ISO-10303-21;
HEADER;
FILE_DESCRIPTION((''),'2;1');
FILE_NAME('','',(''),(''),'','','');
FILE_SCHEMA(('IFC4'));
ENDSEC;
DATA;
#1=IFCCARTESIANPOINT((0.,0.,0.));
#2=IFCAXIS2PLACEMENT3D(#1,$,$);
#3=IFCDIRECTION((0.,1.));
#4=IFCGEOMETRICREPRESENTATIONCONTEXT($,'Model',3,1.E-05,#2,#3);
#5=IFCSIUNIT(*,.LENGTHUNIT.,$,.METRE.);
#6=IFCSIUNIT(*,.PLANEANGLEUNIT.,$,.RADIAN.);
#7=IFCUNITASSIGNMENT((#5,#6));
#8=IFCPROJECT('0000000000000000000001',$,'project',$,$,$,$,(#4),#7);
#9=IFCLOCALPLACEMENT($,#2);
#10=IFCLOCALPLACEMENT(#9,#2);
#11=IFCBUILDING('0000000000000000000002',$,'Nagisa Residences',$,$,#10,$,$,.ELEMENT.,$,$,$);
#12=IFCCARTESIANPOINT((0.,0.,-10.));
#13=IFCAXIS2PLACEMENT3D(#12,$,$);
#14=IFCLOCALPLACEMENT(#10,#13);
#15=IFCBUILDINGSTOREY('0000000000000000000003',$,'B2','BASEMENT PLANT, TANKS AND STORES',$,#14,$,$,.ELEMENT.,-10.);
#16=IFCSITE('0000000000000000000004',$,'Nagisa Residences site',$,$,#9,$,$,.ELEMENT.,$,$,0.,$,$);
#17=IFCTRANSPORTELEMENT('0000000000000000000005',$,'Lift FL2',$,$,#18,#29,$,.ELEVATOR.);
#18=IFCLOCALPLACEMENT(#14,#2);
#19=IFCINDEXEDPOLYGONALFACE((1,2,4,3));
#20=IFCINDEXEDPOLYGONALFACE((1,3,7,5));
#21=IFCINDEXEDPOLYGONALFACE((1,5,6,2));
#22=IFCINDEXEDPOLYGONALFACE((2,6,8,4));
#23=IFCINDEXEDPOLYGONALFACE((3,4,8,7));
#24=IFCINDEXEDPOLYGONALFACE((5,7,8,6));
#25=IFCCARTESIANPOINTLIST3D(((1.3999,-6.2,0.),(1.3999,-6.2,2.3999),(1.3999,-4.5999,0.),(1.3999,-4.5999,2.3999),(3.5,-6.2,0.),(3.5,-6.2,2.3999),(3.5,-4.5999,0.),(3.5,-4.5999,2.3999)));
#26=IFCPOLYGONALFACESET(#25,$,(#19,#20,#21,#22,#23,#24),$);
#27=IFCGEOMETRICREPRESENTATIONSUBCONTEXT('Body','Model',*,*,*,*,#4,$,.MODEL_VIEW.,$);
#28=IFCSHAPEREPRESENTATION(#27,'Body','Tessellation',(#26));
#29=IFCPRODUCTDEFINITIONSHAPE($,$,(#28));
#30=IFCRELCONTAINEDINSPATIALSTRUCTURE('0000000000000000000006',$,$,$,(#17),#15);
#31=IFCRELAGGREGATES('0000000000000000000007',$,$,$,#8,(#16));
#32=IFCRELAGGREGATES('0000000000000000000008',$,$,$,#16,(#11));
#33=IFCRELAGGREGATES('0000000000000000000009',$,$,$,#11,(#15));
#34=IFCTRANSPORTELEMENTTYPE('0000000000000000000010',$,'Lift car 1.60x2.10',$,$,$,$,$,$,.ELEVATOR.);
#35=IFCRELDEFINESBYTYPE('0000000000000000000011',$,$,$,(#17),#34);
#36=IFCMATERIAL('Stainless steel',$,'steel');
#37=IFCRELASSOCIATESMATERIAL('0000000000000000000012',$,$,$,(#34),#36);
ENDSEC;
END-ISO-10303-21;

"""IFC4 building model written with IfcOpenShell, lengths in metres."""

from ifc_helpers import new_model, si_unit, direction, frame, origin, origin_2d, place, context, subcontext, project, spatial, rectangle, extrude, material, type_object, element, save


model = new_model("IFC4")

# Units and contexts
model_context = context("Model", 3, precision=1e-05, world=origin(), true_north=direction((0.0, 1.0)))
body_context = subcontext(model_context, "Body", "Model", "MODEL_VIEW")
ifc_project = project(units=[si_unit("LENGTHUNIT", "METRE"), si_unit("PLANEANGLEUNIT", "RADIAN")], contexts=[model_context])

# Site, building, storey
site_placement = place(None, origin())
site = spatial("IfcSite", under=ifc_project, at=site_placement, Name="Nagisa Residences site", CompositionType="ELEMENT", RefElevation=0.0)
building_placement = place(site_placement, origin())
building = spatial("IfcBuilding", under=site, at=building_placement, Name="Nagisa Residences", CompositionType="ELEMENT")
storey_placement = place(building_placement, frame((0.0, 0.0, -10.0)))
storey = spatial("IfcBuildingStorey", under=building, at=storey_placement, Name="B2", Description="BASEMENT PLANT, TANKS AND STORES", CompositionType="ELEMENT", Elevation=-10.0)

# Transport element
ifc_material_1 = material(Name="Stainless steel", Category="steel")
transport_element_type_1 = type_object("IfcTransportElementType", Name="Lift car 1.60x2.10", PredefinedType="ELEVATOR", material=ifc_material_1)
transport_element_placement = place(storey_placement, frame((2.45, -5.3999, 0.0), z_axis=(0.0, 0.0, 1.0), x_axis=(1.0, 0.0, 0.0)))
element("IfcTransportElement", 1, at=transport_element_placement, inside=storey, type_object=transport_element_type_1, Name="Lift FL2", PredefinedType="ELEVATOR", context=body_context, shape_type="SweptSolid", body=[
    extrude(rectangle(XDim=2.1001, YDim=1.6001, at=origin_2d()), origin(), (0.0, 0.0, 1.0), 2.3999),
])

save(model, "model.ifc")
